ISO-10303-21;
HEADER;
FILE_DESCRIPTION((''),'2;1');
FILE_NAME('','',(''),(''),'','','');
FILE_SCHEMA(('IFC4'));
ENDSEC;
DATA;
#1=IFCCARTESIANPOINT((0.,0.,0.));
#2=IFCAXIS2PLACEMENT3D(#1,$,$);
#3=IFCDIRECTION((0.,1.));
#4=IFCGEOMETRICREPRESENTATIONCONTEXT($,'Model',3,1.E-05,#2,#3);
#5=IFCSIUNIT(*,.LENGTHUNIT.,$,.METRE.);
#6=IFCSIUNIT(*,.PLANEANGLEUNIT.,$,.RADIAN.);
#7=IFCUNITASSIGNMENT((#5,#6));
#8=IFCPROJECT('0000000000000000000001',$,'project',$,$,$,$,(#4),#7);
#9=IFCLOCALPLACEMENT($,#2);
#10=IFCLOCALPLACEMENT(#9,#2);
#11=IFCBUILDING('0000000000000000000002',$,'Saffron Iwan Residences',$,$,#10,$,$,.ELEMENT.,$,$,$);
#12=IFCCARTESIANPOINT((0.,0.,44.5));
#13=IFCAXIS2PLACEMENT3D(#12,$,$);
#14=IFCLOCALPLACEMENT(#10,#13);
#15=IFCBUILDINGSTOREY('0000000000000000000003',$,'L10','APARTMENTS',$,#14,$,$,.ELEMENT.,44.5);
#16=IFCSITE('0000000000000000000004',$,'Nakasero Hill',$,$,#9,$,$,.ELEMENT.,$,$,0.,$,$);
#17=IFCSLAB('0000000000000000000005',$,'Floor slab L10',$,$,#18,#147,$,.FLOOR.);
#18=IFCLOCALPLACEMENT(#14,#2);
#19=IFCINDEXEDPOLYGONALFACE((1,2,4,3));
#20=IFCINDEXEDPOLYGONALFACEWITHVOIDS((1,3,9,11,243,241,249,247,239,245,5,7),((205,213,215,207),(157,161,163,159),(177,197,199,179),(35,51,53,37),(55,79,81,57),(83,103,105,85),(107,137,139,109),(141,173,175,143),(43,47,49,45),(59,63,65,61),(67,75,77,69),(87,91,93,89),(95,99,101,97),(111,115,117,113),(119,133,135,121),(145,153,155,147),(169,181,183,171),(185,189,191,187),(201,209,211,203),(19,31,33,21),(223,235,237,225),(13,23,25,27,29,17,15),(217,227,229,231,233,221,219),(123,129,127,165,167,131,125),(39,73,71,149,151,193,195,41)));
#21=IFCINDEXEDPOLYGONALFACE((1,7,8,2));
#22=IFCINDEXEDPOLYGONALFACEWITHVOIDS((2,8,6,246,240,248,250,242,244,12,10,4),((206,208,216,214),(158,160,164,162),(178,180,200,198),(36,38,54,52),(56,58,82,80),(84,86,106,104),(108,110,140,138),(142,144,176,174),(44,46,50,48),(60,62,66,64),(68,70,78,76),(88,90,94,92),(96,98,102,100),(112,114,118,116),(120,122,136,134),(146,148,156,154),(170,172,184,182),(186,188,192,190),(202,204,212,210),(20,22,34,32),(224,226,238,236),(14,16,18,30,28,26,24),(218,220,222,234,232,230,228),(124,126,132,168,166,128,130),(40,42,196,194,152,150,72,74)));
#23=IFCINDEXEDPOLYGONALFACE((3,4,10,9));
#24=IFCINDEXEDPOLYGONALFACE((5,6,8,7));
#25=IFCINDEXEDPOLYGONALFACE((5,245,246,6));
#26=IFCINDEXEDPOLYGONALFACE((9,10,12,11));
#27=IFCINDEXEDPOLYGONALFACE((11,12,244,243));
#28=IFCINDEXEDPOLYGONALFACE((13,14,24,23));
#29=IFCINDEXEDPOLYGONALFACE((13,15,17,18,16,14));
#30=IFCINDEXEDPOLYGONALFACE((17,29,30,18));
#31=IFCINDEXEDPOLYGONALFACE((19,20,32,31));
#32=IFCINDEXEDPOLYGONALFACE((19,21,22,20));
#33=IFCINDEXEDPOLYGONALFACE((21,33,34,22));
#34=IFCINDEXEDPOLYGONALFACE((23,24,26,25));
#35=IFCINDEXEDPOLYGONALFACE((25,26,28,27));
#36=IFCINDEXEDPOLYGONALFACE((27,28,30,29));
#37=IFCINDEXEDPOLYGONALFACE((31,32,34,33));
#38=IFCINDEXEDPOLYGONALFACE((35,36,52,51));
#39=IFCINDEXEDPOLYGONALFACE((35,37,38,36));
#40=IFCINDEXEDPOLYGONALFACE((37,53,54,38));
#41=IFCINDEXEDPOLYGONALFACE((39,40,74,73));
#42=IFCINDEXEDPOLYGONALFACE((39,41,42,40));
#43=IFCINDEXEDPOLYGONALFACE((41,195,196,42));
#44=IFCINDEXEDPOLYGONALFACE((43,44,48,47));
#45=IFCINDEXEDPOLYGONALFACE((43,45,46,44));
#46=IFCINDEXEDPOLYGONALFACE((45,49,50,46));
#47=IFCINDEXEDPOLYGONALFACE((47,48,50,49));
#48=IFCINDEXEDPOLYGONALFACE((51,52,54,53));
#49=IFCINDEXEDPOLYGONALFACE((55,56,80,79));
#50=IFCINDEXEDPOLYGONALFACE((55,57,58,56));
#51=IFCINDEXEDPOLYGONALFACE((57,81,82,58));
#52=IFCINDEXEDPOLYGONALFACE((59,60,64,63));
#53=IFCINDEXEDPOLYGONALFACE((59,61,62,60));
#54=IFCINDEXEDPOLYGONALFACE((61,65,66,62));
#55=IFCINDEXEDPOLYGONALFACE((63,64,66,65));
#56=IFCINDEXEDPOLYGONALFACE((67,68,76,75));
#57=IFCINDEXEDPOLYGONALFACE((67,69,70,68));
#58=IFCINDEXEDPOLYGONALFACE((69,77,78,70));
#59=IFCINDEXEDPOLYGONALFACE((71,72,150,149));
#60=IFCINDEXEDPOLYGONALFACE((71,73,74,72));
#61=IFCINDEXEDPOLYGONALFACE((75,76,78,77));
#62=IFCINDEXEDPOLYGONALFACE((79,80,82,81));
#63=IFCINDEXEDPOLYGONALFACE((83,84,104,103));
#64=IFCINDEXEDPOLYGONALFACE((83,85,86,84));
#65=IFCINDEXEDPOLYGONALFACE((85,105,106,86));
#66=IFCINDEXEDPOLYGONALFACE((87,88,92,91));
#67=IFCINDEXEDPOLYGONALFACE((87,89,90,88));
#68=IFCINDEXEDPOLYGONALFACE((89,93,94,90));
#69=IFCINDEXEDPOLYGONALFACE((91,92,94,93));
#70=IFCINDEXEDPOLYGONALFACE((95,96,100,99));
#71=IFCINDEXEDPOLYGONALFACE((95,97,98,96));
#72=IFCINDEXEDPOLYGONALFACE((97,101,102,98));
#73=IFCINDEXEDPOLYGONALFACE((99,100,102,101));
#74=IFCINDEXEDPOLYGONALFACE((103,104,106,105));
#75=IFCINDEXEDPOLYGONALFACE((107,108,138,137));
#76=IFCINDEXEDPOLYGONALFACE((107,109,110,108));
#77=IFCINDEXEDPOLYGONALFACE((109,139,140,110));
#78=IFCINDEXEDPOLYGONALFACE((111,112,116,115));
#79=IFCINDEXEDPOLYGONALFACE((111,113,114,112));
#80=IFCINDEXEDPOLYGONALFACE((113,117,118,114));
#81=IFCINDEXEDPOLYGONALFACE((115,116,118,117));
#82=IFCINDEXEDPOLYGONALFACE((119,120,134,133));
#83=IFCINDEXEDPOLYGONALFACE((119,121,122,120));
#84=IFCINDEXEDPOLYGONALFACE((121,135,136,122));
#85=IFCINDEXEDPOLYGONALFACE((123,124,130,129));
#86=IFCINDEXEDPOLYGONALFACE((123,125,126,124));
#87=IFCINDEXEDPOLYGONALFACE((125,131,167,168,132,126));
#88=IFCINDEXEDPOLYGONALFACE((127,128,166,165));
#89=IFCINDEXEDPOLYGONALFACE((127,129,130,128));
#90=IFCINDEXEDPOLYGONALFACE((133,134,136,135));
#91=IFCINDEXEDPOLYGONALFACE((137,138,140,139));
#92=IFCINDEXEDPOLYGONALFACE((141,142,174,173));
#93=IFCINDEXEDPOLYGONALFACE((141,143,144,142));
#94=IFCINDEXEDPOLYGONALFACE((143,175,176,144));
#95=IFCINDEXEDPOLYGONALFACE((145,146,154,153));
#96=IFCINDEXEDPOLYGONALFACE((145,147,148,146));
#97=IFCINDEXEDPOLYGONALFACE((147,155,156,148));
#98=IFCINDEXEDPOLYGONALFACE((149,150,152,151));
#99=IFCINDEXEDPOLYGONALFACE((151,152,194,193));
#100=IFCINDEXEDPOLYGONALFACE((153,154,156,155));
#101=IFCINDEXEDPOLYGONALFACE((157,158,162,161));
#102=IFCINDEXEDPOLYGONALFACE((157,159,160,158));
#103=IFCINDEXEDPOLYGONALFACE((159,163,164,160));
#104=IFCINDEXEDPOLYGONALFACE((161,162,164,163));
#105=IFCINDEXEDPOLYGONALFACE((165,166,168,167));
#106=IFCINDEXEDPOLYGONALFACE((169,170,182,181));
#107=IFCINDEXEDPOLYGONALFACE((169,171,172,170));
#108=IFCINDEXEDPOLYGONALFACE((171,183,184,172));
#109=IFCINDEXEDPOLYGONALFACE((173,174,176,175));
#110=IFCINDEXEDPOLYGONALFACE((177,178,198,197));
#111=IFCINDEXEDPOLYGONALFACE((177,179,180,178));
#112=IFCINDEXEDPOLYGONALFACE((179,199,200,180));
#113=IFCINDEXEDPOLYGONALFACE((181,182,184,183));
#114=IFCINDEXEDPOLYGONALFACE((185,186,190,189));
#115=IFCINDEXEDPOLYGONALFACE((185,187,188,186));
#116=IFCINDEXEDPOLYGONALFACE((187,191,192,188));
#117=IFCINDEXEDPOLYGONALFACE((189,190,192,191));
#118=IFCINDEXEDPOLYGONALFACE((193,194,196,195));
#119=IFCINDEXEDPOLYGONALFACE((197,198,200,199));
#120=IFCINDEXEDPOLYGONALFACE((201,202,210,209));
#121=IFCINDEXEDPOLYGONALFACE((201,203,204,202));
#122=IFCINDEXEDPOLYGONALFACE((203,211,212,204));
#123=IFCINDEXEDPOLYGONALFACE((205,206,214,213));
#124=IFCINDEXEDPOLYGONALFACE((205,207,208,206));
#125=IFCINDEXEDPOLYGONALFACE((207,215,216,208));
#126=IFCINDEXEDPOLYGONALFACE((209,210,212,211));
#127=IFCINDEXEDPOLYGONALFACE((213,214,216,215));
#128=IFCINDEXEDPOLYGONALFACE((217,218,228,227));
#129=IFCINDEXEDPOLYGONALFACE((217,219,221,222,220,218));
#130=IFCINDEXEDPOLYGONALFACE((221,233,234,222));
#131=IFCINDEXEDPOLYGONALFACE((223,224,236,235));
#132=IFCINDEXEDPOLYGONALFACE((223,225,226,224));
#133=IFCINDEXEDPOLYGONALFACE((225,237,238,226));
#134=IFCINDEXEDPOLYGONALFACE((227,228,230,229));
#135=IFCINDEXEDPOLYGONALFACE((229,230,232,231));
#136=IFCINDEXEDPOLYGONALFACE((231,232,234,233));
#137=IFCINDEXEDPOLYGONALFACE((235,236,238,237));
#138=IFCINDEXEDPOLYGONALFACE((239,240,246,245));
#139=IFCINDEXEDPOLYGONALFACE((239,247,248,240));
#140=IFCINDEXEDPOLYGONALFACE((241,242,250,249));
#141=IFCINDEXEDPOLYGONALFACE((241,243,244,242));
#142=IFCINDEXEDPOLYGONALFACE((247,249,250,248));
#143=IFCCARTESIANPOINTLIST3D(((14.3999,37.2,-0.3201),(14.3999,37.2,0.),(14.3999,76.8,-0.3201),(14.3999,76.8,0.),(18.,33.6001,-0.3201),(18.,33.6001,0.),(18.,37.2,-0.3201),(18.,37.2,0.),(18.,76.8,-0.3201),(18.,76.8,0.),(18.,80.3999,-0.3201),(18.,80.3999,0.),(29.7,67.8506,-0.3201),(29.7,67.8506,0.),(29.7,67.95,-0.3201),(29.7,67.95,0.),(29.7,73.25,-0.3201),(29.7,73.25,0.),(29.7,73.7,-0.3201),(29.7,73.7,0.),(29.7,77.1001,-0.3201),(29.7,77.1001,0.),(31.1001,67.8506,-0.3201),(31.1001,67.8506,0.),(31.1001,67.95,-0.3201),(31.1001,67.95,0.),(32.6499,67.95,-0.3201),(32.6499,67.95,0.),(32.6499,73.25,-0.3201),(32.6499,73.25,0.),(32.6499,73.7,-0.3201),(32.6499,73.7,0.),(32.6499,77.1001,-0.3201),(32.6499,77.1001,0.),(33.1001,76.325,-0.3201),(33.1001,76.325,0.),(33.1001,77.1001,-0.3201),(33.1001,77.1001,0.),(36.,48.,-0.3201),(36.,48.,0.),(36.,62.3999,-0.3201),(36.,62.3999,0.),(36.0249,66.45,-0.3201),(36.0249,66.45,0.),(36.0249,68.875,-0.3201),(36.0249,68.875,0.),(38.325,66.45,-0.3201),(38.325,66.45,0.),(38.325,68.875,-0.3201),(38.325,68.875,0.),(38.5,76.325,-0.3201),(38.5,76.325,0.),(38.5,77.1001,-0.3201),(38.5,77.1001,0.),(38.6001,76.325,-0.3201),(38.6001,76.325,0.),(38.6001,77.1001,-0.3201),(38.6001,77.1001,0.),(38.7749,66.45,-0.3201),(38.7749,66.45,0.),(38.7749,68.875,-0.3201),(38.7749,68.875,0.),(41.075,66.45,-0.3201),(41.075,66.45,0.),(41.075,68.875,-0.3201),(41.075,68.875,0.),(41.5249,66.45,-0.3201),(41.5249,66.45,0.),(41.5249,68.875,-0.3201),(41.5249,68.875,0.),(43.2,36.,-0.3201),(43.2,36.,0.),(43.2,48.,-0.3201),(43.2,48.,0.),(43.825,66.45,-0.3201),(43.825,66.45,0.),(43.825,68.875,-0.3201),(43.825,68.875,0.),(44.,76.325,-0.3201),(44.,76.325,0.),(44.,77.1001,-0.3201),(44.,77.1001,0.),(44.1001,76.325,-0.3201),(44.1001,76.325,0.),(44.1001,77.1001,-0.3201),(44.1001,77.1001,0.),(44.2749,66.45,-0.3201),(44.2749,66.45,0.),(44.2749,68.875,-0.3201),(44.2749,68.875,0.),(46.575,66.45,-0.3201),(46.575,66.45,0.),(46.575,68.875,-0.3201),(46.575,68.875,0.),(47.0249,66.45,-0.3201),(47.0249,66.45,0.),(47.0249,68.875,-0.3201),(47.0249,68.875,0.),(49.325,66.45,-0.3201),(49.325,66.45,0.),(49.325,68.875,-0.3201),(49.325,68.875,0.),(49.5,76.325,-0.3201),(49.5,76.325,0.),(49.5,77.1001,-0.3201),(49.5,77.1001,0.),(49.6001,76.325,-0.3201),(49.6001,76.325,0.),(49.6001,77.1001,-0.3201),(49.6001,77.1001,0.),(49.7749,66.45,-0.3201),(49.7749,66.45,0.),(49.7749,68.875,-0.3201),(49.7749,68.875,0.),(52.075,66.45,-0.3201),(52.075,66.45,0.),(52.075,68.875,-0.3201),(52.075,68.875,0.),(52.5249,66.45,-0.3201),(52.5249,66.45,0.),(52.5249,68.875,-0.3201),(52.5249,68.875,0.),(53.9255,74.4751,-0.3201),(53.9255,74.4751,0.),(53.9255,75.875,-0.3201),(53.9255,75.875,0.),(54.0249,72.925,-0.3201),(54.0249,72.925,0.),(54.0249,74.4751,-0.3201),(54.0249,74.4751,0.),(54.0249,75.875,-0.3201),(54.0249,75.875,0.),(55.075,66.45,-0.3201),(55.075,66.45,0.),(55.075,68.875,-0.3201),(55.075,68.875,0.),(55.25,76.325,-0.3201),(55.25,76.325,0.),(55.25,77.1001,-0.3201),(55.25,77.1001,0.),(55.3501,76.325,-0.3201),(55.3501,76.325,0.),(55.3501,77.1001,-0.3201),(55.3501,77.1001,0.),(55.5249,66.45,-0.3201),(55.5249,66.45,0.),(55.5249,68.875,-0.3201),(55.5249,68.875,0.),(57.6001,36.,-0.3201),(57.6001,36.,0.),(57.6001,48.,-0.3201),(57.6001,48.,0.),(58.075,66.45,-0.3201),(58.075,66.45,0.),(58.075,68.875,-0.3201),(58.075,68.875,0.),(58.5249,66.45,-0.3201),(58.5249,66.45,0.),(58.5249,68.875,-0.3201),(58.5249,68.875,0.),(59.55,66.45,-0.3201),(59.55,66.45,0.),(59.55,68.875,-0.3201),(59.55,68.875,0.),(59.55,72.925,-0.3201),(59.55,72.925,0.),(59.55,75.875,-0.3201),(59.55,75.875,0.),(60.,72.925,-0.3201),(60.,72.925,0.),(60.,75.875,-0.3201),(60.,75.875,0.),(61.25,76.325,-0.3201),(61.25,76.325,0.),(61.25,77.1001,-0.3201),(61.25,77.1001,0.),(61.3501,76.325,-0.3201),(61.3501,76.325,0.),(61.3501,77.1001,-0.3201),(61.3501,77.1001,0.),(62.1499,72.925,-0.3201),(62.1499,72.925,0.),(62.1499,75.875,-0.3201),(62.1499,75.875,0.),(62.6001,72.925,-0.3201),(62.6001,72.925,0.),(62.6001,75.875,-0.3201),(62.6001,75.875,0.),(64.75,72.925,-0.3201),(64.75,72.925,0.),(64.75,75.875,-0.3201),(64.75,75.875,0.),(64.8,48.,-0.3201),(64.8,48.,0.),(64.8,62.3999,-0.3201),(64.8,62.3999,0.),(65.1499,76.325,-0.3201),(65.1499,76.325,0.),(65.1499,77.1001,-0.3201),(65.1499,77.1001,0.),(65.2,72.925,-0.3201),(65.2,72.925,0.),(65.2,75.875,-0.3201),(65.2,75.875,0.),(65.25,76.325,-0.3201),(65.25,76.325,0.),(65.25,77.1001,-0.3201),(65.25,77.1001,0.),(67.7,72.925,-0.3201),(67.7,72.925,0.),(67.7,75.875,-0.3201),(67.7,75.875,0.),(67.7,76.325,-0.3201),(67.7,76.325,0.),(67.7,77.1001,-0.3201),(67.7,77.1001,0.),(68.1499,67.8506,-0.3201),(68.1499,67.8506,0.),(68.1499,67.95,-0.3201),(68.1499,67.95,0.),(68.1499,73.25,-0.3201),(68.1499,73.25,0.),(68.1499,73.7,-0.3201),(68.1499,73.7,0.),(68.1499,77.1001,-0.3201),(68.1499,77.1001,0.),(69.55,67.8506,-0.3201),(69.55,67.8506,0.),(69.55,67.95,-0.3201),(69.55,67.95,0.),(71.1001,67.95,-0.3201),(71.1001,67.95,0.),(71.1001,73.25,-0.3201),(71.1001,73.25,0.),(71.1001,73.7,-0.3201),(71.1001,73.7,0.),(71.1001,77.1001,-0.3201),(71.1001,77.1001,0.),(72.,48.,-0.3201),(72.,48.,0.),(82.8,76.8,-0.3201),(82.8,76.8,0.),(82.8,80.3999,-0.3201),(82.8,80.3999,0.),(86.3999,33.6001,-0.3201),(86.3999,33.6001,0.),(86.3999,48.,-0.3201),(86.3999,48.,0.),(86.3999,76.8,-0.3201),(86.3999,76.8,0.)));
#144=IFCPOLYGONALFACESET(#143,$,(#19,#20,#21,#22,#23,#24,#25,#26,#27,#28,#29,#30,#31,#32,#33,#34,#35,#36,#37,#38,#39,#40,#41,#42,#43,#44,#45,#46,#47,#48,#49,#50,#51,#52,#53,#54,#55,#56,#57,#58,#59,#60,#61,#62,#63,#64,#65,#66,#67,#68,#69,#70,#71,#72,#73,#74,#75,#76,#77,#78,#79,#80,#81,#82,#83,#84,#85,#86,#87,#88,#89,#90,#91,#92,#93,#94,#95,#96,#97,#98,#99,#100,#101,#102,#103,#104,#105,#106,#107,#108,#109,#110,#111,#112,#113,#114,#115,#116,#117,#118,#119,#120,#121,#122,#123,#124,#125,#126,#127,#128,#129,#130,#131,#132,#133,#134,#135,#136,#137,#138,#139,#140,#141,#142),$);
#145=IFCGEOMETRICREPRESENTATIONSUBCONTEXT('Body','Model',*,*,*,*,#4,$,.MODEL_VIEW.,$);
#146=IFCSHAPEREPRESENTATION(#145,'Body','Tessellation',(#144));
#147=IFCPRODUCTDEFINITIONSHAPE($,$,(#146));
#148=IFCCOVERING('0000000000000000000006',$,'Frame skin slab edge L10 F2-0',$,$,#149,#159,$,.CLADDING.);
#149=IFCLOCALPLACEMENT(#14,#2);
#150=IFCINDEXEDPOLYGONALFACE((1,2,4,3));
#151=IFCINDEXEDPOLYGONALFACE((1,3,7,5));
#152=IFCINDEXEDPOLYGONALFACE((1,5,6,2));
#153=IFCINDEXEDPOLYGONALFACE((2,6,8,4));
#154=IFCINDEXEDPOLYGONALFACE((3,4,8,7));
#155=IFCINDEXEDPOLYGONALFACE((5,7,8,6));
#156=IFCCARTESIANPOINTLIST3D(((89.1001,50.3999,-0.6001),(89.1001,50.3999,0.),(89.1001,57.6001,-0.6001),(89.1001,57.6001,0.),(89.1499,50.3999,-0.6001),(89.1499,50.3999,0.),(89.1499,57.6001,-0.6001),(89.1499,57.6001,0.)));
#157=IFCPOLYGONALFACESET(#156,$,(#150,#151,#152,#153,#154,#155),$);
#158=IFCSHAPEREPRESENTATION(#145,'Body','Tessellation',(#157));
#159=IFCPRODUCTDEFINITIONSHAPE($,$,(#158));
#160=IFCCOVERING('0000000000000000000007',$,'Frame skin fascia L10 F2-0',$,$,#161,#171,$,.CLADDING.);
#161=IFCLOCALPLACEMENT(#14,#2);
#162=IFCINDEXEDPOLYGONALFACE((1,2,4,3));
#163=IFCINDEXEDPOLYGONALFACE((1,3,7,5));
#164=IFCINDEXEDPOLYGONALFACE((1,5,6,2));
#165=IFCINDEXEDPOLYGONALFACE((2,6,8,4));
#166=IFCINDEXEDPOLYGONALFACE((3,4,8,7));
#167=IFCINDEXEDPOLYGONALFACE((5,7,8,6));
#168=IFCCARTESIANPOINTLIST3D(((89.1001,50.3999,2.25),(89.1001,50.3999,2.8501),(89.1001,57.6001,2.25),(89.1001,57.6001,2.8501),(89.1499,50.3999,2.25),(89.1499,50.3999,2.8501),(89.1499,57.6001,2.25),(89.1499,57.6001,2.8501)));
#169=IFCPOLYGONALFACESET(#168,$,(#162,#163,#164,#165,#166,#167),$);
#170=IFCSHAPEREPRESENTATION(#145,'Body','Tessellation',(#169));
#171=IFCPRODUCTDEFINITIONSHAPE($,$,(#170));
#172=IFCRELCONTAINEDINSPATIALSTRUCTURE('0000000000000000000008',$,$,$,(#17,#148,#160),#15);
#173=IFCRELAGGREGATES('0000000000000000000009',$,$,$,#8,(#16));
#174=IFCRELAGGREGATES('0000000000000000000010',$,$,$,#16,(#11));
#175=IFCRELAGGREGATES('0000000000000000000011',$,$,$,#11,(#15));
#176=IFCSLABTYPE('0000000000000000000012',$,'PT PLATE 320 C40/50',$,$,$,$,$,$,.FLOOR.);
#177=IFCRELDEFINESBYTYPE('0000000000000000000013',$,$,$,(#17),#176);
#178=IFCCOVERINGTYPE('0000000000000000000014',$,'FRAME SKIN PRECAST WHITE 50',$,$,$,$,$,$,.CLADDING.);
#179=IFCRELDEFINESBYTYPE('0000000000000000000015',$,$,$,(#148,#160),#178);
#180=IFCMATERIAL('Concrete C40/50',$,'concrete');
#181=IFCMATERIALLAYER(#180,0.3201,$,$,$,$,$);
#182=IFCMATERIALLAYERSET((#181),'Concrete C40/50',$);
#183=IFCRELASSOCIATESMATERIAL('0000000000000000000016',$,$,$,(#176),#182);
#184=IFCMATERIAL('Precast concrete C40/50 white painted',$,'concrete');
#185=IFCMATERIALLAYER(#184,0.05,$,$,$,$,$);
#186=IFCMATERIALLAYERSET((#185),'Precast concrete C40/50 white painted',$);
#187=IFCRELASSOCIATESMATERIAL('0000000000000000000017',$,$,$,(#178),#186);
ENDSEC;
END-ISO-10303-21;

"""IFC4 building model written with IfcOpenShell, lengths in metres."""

from ifc_helpers import new_model, si_unit, direction, frame, origin, place, context, subcontext, project, spatial, polyline, outline, extrude, material, layer, layer_set, type_object, element, save


model = new_model("IFC4")

# Units and contexts
model_context = context("Model", 3, precision=1e-05, world=origin(), true_north=direction((0.0, 1.0)))
body_context = subcontext(model_context, "Body", "Model", "MODEL_VIEW")
ifc_project = project(units=[si_unit("LENGTHUNIT", "METRE"), si_unit("PLANEANGLEUNIT", "RADIAN")], contexts=[model_context])

# Site, building, storey
site_placement = place(None, origin())
site = spatial("IfcSite", under=ifc_project, at=site_placement, Name="Nakasero Hill", CompositionType="ELEMENT", RefElevation=0.0)
building_placement = place(site_placement, origin())
building = spatial("IfcBuilding", under=site, at=building_placement, Name="Saffron Iwan Residences", CompositionType="ELEMENT")
storey_placement = place(building_placement, frame((0.0, 0.0, 44.5)))
storey = spatial("IfcBuildingStorey", under=building, at=storey_placement, Name="L10", Description="APARTMENTS", CompositionType="ELEMENT", Elevation=44.5)

# Slab
ifc_material_1 = material(Name="Concrete C40/50", Category="concrete")
ifc_layer_1 = layer(ifc_material_1, 0.3201)
ifc_layer_set_1 = layer_set([ifc_layer_1], Name="Concrete C40/50")
slab_type_1 = type_object("IfcSlabType", Name="PT PLATE 320 C40/50", PredefinedType="FLOOR", material=ifc_layer_set_1)
slab_1_placement = place(storey_placement, frame((0.0, 0.0, -0.3201)))
element("IfcSlab", 1, at=slab_1_placement, inside=storey, type_object=slab_type_1, Name="Floor slab L10", PredefinedType="FLOOR", context=body_context, shape_type="SweptSolid", body=[
    extrude(outline(polyline([(14.3999, 37.2), (14.3999, 76.8), (18.0, 76.8), (18.0, 80.3999), (82.8, 80.3999), (82.8, 76.8), (86.3999, 76.8), (86.3999, 48.0), (72.0, 48.0), (86.3999, 33.6001), (18.0, 33.6001), (18.0, 37.2), (14.3999, 37.2)]), holes=[polyline([(64.8, 48.0), (64.8, 62.3999), (36.0, 62.3999), (36.0, 48.0), (43.2, 48.0), (43.2, 36.0), (57.6001, 36.0), (57.6001, 48.0), (64.8, 48.0)]), polyline([(38.325, 68.875), (36.0249, 68.875), (36.0249, 66.45), (38.325, 66.45), (38.325, 68.875)]), polyline([(41.075, 66.45), (41.075, 68.875), (38.7749, 68.875), (38.7749, 66.45), (41.075, 66.45)]), polyline([(43.825, 66.45), (43.825, 68.875), (41.5249, 68.875), (41.5249, 66.45), (43.825, 66.45)]), polyline([(46.575, 68.875), (44.2749, 68.875), (44.2749, 66.45), (46.575, 66.45), (46.575, 68.875)]), polyline([(49.325, 66.45), (49.325, 68.875), (47.0249, 68.875), (47.0249, 66.45), (49.325, 66.45)]), polyline([(52.075, 66.45), (52.075, 68.875), (49.7749, 68.875), (49.7749, 66.45), (52.075, 66.45)]), polyline([(29.7, 73.25), (29.7, 67.95), (29.7, 67.8506), (31.1001, 67.8506), (31.1001, 67.95), (32.6499, 67.95), (32.6499, 73.25), (29.7, 73.25)]), polyline([(32.6499, 73.7), (32.6499, 77.1001), (29.7, 77.1001), (29.7, 73.7), (32.6499, 73.7)]), polyline([(38.5, 76.325), (38.5, 77.1001), (33.1001, 77.1001), (33.1001, 76.325), (38.5, 76.325)]), polyline([(44.0, 77.1001), (38.6001, 77.1001), (38.6001, 76.325), (44.0, 76.325), (44.0, 77.1001)]), polyline([(49.5, 76.325), (49.5, 77.1001), (44.1001, 77.1001), (44.1001, 76.325), (49.5, 76.325)]), polyline([(55.25, 76.325), (55.25, 77.1001), (49.6001, 77.1001), (49.6001, 76.325), (55.25, 76.325)]), polyline([(55.075, 68.875), (52.5249, 68.875), (52.5249, 66.45), (55.075, 66.45), (55.075, 68.875)]), polyline([(58.075, 66.45), (58.075, 68.875), (55.5249, 68.875), (55.5249, 66.45), (58.075, 66.45)]), polyline([(59.55, 66.45), (59.55, 68.875), (58.5249, 68.875), (58.5249, 66.45), (59.55, 66.45)]), polyline([(68.1499, 73.25), (68.1499, 67.95), (68.1499, 67.8506), (69.55, 67.8506), (69.55, 67.95), (71.1001, 67.95), (71.1001, 73.25), (68.1499, 73.25)]), polyline([(53.9255, 74.4751), (54.0249, 74.4751), (54.0249, 72.925), (59.55, 72.925), (59.55, 75.875), (54.0249, 75.875), (53.9255, 75.875), (53.9255, 74.4751)]), polyline([(62.1499, 72.925), (62.1499, 75.875), (60.0, 75.875), (60.0, 72.925), (62.1499, 72.925)]), polyline([(64.75, 75.875), (62.6001, 75.875), (62.6001, 72.925), (64.75, 72.925), (64.75, 75.875)]), polyline([(67.7, 72.925), (67.7, 75.875), (65.2, 75.875), (65.2, 72.925), (67.7, 72.925)]), polyline([(71.1001, 73.7), (71.1001, 77.1001), (68.1499, 77.1001), (68.1499, 73.7), (71.1001, 73.7)]), polyline([(61.25, 77.1001), (55.3501, 77.1001), (55.3501, 76.325), (61.25, 76.325), (61.25, 77.1001)]), polyline([(65.1499, 76.325), (65.1499, 77.1001), (61.3501, 77.1001), (61.3501, 76.325), (65.1499, 76.325)]), polyline([(67.7, 76.325), (67.7, 77.1001), (65.25, 77.1001), (65.25, 76.325), (67.7, 76.325)])]), origin(), (0.0, 0.0, 1.0), 0.3201),
])

# Coverings
ifc_material_2 = material(Name="Precast concrete C40/50 white painted", Category="concrete")
ifc_layer_2 = layer(ifc_material_2, 0.05)
ifc_layer_set_2 = layer_set([ifc_layer_2], Name="Precast concrete C40/50 white painted")
covering_type_1 = type_object("IfcCoveringType", Name="FRAME SKIN PRECAST WHITE 50", PredefinedType="CLADDING", material=ifc_layer_set_2)
for number, where, name in (
    (2, (0.0, 0.0, -0.6001), "Frame skin slab edge L10 F2-0"),
    (3, (0.0, 0.0, 2.25), "Frame skin fascia L10 F2-0"),
):
    element("IfcCovering", number, at=place(storey_placement, frame(where)), inside=storey, type_object=covering_type_1, Name=name, PredefinedType="CLADDING", context=body_context, shape_type="SweptSolid", body=[
        extrude(outline(polyline([(89.1499, 50.3999), (89.1499, 57.6001), (89.1001, 57.6001), (89.1001, 50.3999), (89.1499, 50.3999)])), origin(), (0.0, 0.0, 1.0), 0.6001),
    ])

save(model, "model.ifc")
